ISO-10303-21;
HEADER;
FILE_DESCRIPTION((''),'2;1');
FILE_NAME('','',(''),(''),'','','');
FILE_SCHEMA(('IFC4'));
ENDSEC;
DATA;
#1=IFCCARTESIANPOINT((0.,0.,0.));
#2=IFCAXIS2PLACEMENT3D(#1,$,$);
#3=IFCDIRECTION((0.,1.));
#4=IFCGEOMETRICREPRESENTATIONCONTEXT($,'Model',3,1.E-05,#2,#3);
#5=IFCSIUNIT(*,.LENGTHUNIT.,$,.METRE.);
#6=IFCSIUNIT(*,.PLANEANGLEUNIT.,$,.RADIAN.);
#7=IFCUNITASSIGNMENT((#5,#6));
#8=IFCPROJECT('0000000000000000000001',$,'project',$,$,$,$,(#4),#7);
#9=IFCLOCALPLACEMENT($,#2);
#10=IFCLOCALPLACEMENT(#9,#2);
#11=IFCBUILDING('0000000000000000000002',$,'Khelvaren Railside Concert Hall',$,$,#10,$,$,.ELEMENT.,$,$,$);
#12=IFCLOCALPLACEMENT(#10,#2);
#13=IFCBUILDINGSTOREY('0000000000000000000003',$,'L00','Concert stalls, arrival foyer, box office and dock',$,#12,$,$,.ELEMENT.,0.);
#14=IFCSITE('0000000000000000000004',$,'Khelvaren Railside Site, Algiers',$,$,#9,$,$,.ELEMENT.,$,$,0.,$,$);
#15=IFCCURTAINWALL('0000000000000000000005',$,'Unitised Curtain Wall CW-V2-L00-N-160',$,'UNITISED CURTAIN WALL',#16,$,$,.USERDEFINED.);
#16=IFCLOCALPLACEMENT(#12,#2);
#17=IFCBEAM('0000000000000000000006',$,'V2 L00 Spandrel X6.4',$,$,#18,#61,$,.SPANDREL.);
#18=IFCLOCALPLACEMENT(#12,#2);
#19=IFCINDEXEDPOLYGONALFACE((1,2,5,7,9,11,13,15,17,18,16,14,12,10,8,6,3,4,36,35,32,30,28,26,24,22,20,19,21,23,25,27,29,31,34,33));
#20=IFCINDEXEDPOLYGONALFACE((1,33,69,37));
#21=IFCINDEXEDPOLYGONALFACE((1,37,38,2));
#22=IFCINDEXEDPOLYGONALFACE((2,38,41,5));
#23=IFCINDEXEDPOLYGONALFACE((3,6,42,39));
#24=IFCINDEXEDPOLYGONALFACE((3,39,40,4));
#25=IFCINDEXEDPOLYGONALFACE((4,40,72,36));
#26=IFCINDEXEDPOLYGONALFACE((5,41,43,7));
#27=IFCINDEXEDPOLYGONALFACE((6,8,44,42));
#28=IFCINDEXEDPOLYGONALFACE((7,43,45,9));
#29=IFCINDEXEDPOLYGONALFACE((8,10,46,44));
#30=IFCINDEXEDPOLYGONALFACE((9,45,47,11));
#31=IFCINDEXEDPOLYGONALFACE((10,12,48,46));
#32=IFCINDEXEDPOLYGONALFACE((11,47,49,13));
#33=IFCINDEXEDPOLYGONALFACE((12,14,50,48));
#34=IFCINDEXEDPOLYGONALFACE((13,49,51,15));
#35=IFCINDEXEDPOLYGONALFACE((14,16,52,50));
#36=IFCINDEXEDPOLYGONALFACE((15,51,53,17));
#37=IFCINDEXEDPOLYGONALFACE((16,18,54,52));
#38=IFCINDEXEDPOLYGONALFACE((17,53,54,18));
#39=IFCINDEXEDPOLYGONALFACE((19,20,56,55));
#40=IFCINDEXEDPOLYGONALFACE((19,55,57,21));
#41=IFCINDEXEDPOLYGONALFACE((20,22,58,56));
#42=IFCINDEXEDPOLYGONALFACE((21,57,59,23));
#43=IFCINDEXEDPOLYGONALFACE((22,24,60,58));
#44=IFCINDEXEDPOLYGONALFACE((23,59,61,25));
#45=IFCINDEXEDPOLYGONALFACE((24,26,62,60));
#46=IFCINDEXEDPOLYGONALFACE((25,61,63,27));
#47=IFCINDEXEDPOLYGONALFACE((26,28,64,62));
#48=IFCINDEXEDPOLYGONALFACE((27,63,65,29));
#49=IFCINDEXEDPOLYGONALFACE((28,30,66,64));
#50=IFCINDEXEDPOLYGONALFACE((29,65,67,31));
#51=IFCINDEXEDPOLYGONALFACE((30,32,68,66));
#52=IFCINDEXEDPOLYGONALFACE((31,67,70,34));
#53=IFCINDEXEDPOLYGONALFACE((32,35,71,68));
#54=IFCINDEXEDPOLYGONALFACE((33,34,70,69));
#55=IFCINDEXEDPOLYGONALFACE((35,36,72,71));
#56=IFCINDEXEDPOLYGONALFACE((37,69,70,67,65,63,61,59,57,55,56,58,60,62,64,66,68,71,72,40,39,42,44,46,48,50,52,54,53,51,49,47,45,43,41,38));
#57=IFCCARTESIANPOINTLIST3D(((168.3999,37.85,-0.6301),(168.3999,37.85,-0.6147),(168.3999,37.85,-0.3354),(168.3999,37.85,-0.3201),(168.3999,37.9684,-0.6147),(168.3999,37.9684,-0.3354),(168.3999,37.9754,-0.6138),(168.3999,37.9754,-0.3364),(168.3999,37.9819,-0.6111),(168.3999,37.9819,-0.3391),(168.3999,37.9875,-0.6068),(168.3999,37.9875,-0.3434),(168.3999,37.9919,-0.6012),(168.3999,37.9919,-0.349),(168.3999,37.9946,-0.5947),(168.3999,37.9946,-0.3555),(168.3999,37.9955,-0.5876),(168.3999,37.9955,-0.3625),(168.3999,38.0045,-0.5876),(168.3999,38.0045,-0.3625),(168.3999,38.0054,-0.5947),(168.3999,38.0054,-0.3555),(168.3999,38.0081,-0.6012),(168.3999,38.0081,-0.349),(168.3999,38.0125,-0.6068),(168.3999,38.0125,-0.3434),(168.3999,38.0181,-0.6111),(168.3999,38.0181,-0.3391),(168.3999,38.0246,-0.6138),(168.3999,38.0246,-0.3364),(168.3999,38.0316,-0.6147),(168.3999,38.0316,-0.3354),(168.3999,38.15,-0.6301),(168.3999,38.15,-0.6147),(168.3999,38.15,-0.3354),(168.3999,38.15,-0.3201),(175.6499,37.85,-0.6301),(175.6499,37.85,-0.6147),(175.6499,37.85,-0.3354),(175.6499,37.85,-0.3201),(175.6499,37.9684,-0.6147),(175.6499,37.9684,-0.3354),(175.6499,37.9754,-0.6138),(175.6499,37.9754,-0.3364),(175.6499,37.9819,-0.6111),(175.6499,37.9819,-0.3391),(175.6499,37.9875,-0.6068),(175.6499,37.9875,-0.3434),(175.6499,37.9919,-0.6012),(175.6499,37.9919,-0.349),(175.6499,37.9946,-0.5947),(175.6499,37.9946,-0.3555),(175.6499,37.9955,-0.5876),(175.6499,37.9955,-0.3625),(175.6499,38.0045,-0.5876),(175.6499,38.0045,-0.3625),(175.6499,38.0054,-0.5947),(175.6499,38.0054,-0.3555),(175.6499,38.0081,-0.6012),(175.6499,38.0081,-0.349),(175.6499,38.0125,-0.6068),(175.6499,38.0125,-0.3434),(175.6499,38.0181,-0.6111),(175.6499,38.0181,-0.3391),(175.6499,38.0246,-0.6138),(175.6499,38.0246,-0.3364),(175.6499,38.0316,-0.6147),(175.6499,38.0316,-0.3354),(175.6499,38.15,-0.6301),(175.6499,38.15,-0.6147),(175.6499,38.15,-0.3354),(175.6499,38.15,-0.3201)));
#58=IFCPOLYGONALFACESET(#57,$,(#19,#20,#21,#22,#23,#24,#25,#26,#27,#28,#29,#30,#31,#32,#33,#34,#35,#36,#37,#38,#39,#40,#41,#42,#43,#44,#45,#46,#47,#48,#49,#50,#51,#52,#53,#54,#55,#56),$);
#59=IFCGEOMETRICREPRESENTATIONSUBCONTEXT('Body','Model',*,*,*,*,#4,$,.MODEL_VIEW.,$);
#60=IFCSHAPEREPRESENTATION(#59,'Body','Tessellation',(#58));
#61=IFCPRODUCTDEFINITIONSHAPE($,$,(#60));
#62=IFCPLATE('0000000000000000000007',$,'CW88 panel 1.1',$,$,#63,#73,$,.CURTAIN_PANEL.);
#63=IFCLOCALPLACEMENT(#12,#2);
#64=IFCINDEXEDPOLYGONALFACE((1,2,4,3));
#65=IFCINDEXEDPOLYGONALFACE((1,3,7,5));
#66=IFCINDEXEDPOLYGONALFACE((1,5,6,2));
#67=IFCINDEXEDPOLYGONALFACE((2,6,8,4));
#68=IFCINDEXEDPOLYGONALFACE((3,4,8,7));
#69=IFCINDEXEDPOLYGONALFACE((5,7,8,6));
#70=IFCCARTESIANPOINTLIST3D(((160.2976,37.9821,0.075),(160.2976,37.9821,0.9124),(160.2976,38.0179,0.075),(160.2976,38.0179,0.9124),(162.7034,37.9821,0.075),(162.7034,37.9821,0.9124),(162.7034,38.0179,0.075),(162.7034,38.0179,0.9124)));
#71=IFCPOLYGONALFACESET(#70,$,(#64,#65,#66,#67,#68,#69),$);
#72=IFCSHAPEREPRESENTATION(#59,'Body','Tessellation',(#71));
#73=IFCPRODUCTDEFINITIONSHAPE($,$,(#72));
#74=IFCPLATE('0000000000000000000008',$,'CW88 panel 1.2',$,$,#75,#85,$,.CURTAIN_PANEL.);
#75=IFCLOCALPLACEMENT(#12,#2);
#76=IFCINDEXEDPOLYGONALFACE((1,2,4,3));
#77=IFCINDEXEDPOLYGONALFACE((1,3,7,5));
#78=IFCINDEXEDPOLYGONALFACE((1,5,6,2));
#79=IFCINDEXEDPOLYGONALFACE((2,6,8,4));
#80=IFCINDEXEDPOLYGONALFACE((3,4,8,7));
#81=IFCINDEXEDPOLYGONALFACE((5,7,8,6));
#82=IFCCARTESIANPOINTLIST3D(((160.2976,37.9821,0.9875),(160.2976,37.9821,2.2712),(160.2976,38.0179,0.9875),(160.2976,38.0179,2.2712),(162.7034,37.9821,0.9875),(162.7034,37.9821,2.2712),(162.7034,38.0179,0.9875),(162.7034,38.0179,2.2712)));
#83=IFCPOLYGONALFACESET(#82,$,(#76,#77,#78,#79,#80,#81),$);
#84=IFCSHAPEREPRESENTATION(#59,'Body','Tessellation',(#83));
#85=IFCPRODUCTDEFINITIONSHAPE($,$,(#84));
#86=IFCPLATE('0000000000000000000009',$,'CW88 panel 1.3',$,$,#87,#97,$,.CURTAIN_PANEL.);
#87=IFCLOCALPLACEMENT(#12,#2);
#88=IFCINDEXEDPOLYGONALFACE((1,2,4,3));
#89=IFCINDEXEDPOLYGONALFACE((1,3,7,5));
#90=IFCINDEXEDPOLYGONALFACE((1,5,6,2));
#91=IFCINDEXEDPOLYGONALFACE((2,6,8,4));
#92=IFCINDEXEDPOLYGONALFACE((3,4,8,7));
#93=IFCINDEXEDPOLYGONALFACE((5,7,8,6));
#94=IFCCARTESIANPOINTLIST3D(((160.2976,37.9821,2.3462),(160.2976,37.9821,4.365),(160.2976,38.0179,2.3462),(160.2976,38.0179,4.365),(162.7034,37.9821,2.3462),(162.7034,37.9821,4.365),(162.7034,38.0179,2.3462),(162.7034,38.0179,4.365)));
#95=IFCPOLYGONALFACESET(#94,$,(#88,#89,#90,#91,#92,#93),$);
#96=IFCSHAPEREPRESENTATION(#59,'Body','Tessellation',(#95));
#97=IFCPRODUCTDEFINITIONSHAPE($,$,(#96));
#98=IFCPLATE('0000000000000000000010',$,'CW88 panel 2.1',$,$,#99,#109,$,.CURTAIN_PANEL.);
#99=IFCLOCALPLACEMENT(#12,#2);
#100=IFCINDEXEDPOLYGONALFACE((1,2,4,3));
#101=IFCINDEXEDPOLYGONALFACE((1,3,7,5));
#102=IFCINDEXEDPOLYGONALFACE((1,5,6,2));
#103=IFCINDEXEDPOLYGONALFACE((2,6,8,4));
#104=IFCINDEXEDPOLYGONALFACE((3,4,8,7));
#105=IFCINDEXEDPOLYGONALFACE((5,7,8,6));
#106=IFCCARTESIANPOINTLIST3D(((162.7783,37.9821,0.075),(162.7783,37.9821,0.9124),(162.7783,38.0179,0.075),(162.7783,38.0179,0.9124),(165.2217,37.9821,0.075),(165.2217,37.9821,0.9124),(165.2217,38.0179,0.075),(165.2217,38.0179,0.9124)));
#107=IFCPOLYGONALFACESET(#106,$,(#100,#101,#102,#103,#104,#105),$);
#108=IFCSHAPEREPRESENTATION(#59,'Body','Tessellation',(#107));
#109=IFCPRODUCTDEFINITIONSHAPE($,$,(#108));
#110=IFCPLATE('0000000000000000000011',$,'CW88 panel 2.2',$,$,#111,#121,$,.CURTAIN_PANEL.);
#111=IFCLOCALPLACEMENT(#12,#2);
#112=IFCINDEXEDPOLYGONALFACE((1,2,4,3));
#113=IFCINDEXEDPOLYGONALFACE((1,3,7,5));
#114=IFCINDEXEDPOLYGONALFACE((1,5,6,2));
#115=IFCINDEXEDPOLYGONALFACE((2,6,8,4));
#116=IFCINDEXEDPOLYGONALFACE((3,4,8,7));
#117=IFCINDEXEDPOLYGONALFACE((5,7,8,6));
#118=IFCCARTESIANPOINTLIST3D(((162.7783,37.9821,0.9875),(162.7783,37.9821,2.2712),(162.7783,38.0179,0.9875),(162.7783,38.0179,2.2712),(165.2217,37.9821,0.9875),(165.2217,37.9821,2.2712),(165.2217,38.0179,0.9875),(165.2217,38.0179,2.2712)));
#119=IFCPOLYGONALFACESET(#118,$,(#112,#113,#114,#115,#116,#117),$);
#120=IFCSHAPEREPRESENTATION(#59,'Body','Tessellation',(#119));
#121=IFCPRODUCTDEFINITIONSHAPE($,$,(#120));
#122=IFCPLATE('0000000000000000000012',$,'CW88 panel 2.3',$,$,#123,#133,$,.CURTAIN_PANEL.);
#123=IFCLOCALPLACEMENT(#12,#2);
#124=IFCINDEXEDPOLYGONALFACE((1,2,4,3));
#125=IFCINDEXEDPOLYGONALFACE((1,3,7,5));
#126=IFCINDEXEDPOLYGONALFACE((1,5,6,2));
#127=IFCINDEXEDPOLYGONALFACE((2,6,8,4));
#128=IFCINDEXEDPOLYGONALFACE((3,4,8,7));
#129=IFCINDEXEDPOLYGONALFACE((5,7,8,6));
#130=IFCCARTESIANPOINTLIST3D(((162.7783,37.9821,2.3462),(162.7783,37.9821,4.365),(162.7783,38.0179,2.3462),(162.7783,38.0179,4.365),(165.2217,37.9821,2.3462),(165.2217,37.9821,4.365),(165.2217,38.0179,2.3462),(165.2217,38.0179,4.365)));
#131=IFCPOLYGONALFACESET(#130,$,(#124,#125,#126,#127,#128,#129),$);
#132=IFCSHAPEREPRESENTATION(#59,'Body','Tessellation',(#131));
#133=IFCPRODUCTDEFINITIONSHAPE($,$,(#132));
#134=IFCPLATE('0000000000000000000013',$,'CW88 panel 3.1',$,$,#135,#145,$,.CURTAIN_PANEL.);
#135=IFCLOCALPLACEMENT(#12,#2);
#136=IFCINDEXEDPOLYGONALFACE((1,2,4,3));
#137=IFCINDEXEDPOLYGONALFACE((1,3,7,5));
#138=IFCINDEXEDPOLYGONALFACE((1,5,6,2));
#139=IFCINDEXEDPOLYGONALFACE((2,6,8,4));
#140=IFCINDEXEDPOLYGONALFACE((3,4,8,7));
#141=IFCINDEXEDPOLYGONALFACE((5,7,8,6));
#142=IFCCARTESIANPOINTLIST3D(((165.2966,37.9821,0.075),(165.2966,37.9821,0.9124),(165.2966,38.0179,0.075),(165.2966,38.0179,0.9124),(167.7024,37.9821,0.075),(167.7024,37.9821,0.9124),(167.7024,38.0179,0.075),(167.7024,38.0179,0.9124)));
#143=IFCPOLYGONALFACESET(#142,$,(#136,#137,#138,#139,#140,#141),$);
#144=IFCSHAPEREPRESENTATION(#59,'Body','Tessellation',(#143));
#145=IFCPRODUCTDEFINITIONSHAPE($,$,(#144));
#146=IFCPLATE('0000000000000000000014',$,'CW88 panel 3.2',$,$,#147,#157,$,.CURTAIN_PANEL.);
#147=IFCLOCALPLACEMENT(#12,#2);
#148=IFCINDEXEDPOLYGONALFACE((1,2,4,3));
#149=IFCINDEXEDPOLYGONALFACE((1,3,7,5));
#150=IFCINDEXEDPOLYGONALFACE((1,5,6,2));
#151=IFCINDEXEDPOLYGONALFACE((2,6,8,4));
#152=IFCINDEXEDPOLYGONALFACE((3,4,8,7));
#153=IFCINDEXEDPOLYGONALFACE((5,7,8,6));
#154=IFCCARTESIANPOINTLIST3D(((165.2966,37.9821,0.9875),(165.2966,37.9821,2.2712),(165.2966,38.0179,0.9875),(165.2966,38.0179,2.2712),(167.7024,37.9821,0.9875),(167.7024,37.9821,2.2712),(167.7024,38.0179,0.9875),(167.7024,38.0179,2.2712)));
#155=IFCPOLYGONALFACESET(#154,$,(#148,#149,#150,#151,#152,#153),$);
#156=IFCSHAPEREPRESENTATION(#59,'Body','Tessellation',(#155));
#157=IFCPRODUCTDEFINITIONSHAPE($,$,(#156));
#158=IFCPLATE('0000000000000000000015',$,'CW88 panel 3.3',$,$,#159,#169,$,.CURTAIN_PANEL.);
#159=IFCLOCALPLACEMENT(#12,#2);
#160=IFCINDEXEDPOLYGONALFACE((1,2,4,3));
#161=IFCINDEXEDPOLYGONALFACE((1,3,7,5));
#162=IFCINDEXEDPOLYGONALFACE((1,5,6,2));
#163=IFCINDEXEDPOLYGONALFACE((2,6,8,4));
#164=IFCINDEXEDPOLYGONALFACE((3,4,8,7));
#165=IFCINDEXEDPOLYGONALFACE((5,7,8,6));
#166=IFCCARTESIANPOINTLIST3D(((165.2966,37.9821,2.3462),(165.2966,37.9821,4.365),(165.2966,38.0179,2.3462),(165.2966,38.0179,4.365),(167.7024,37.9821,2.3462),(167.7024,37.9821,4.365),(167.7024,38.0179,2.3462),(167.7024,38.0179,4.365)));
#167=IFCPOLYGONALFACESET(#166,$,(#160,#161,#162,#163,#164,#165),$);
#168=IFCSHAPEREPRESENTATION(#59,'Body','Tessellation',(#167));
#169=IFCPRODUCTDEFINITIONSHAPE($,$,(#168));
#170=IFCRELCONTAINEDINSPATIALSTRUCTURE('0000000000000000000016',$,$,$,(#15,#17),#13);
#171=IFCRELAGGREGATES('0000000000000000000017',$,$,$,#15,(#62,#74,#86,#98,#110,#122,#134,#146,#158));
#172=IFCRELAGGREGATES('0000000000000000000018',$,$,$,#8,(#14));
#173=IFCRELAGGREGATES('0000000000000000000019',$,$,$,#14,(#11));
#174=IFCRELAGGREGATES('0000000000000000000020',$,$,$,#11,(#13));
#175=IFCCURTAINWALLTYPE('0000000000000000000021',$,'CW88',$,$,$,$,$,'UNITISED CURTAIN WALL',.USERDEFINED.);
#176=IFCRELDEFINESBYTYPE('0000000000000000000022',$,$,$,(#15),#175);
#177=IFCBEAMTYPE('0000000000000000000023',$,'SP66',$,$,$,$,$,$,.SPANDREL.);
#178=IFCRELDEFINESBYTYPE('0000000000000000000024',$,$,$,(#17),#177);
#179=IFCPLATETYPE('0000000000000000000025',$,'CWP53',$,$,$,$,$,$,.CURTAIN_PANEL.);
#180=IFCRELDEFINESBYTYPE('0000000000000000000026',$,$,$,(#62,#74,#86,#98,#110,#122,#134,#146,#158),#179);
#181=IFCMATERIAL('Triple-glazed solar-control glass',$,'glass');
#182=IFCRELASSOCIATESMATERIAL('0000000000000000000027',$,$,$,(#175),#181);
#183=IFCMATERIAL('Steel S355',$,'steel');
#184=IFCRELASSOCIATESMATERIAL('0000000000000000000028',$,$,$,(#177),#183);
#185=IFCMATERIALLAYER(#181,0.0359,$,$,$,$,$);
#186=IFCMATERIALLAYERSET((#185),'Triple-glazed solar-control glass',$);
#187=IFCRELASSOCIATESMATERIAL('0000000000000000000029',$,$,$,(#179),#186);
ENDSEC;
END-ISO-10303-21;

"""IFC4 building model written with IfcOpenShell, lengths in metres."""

from ifc_helpers import new_model, si_unit, direction, frame, origin, origin_2d, place, context, subcontext, project, spatial, rectangle, i_section, extrude, material, layer, layer_set, material_profile, profile_set, type_object, element, aggregate, save


model = new_model("IFC4")

# Units and contexts
model_context = context("Model", 3, precision=1e-05, world=origin(), true_north=direction((0.0, 1.0)))
body_context = subcontext(model_context, "Body", "Model", "MODEL_VIEW")
ifc_project = project(units=[si_unit("LENGTHUNIT", "METRE"), si_unit("PLANEANGLEUNIT", "RADIAN")], contexts=[model_context])

# Site, building, storey
site_placement = place(None, origin())
site = spatial("IfcSite", under=ifc_project, at=site_placement, Name="Khelvaren Railside Site, Algiers", CompositionType="ELEMENT", RefElevation=0.0)
building_placement = place(site_placement, origin())
building = spatial("IfcBuilding", under=site, at=building_placement, Name="Khelvaren Railside Concert Hall", CompositionType="ELEMENT")
storey_placement = place(building_placement, origin())
storey = spatial("IfcBuildingStorey", under=building, at=storey_placement, Name="L00", Description="Concert stalls, arrival foyer, box office and dock", CompositionType="ELEMENT", Elevation=0.0)

# Shared definitions
ifc_material_1 = material(Name="Steel S355", Category="steel")

# Curtain wall
ifc_material_2 = material(Name="Triple-glazed solar-control glass", Category="glass")
curtain_wall_type_1 = type_object("IfcCurtainWallType", Name="CW88", ElementType="UNITISED CURTAIN WALL", PredefinedType="USERDEFINED", material=ifc_material_2)
curtain_wall_1_placement = place(storey_placement, origin())
curtain_wall_1 = element("IfcCurtainWall", 1, at=curtain_wall_1_placement, inside=storey, type_object=curtain_wall_type_1, Name="Unitised Curtain Wall CW-V2-L00-N-160", ObjectType="UNITISED CURTAIN WALL", PredefinedType="USERDEFINED")

# Beam
ifc_material_profile_1 = material_profile(ifc_material_1, i_section(OverallWidth=0.3, OverallDepth=0.3101, WebThickness=0.009, FlangeThickness=0.0154, FilletRadius=0.0271, at=origin_2d()), Name="HEA 320")
ifc_profile_set_1 = profile_set([ifc_material_profile_1], Name="Steel S355")
beam_type_1 = type_object("IfcBeamType", Name="SP66", PredefinedType="SPANDREL", material=ifc_profile_set_1)
beam_1_placement = place(storey_placement, frame((168.3999, 38.0, -0.4751), z_axis=(1.0, 0.0, 0.0), x_axis=(0.0, 1.0, 0.0)))
element("IfcBeam", 2, at=beam_1_placement, inside=storey, type_object=beam_type_1, Name="V2 L00 Spandrel X6.4", PredefinedType="SPANDREL", context=body_context, shape_type="SweptSolid", body=[
    extrude(i_section(OverallWidth=0.3, OverallDepth=0.3101, WebThickness=0.009, FlangeThickness=0.0154, FilletRadius=0.0271, at=origin_2d()), origin(), (0.0, 0.0, 1.0), 7.25),
])

# Plates
ifc_layer_1 = layer(ifc_material_2, 0.0359)
ifc_layer_set_1 = layer_set([ifc_layer_1], Name="Triple-glazed solar-control glass")
plate_type = type_object("IfcPlateType", Name="CWP53", PredefinedType="CURTAIN_PANEL", material=ifc_layer_set_1)
plate_1_placement = place(storey_placement, frame((161.5005, 38.0, 0.075), z_axis=(0.0, 0.0, 1.0), x_axis=(1.0, 0.0, 0.0)))
plate_1 = element("IfcPlate", 3, at=plate_1_placement, type_object=plate_type, Name="CW88 panel 1.1", PredefinedType="CURTAIN_PANEL", context=body_context, shape_type="SweptSolid", body=[
    extrude(rectangle(XDim=2.4058, YDim=0.0359, at=origin_2d()), origin(), (0.0, 0.0, 1.0), 0.8374),
])
plate_2_placement = place(storey_placement, frame((161.5005, 38.0, 0.9875), z_axis=(0.0, 0.0, 1.0), x_axis=(1.0, 0.0, 0.0)))
plate_2 = element("IfcPlate", 4, at=plate_2_placement, type_object=plate_type, Name="CW88 panel 1.2", PredefinedType="CURTAIN_PANEL", context=body_context, shape_type="SweptSolid", body=[
    extrude(rectangle(XDim=2.4058, YDim=0.0359, at=origin_2d()), origin(), (0.0, 0.0, 1.0), 1.2837),
])
plate_3_placement = place(storey_placement, frame((161.5005, 38.0, 2.3462), z_axis=(0.0, 0.0, 1.0), x_axis=(1.0, 0.0, 0.0)))
plate_3 = element("IfcPlate", 5, at=plate_3_placement, type_object=plate_type, Name="CW88 panel 1.3", PredefinedType="CURTAIN_PANEL", context=body_context, shape_type="SweptSolid", body=[
    extrude(rectangle(XDim=2.4058, YDim=0.0359, at=origin_2d()), origin(), (0.0, 0.0, 1.0), 2.0188),
])
plate_4_placement = place(storey_placement, frame((164.0, 38.0, 0.075), z_axis=(0.0, 0.0, 1.0), x_axis=(1.0, 0.0, 0.0)))
plate_4 = element("IfcPlate", 6, at=plate_4_placement, type_object=plate_type, Name="CW88 panel 2.1", PredefinedType="CURTAIN_PANEL", context=body_context, shape_type="SweptSolid", body=[
    extrude(rectangle(XDim=2.4434, YDim=0.0359, at=origin_2d()), origin(), (0.0, 0.0, 1.0), 0.8374),
])
plate_5_placement = place(storey_placement, frame((164.0, 38.0, 0.9875), z_axis=(0.0, 0.0, 1.0), x_axis=(1.0, 0.0, 0.0)))
plate_5 = element("IfcPlate", 7, at=plate_5_placement, type_object=plate_type, Name="CW88 panel 2.2", PredefinedType="CURTAIN_PANEL", context=body_context, shape_type="SweptSolid", body=[
    extrude(rectangle(XDim=2.4434, YDim=0.0359, at=origin_2d()), origin(), (0.0, 0.0, 1.0), 1.2837),
])
plate_6_placement = place(storey_placement, frame((164.0, 38.0, 2.3462), z_axis=(0.0, 0.0, 1.0), x_axis=(1.0, 0.0, 0.0)))
plate_6 = element("IfcPlate", 8, at=plate_6_placement, type_object=plate_type, Name="CW88 panel 2.3", PredefinedType="CURTAIN_PANEL", context=body_context, shape_type="SweptSolid", body=[
    extrude(rectangle(XDim=2.4434, YDim=0.0359, at=origin_2d()), origin(), (0.0, 0.0, 1.0), 2.0188),
])
plate_7_placement = place(storey_placement, frame((166.4995, 38.0, 0.075), z_axis=(0.0, 0.0, 1.0), x_axis=(1.0, 0.0, 0.0)))
plate_7 = element("IfcPlate", 9, at=plate_7_placement, type_object=plate_type, Name="CW88 panel 3.1", PredefinedType="CURTAIN_PANEL", context=body_context, shape_type="SweptSolid", body=[
    extrude(rectangle(XDim=2.4058, YDim=0.0359, at=origin_2d()), origin(), (0.0, 0.0, 1.0), 0.8374),
])
plate_8_placement = place(storey_placement, frame((166.4995, 38.0, 0.9875), z_axis=(0.0, 0.0, 1.0), x_axis=(1.0, 0.0, 0.0)))
plate_8 = element("IfcPlate", 10, at=plate_8_placement, type_object=plate_type, Name="CW88 panel 3.2", PredefinedType="CURTAIN_PANEL", context=body_context, shape_type="SweptSolid", body=[
    extrude(rectangle(XDim=2.4058, YDim=0.0359, at=origin_2d()), origin(), (0.0, 0.0, 1.0), 1.2837),
])
plate_9_placement = place(storey_placement, frame((166.4995, 38.0, 2.3462), z_axis=(0.0, 0.0, 1.0), x_axis=(1.0, 0.0, 0.0)))
plate_9 = element("IfcPlate", 11, at=plate_9_placement, type_object=plate_type, Name="CW88 panel 3.3", PredefinedType="CURTAIN_PANEL", context=body_context, shape_type="SweptSolid", body=[
    extrude(rectangle(XDim=2.4058, YDim=0.0359, at=origin_2d()), origin(), (0.0, 0.0, 1.0), 2.0188),
])
aggregate(curtain_wall_1, [plate_1, plate_2, plate_3, plate_4, plate_5, plate_6, plate_7, plate_8, plate_9])

save(model, "model.ifc")
